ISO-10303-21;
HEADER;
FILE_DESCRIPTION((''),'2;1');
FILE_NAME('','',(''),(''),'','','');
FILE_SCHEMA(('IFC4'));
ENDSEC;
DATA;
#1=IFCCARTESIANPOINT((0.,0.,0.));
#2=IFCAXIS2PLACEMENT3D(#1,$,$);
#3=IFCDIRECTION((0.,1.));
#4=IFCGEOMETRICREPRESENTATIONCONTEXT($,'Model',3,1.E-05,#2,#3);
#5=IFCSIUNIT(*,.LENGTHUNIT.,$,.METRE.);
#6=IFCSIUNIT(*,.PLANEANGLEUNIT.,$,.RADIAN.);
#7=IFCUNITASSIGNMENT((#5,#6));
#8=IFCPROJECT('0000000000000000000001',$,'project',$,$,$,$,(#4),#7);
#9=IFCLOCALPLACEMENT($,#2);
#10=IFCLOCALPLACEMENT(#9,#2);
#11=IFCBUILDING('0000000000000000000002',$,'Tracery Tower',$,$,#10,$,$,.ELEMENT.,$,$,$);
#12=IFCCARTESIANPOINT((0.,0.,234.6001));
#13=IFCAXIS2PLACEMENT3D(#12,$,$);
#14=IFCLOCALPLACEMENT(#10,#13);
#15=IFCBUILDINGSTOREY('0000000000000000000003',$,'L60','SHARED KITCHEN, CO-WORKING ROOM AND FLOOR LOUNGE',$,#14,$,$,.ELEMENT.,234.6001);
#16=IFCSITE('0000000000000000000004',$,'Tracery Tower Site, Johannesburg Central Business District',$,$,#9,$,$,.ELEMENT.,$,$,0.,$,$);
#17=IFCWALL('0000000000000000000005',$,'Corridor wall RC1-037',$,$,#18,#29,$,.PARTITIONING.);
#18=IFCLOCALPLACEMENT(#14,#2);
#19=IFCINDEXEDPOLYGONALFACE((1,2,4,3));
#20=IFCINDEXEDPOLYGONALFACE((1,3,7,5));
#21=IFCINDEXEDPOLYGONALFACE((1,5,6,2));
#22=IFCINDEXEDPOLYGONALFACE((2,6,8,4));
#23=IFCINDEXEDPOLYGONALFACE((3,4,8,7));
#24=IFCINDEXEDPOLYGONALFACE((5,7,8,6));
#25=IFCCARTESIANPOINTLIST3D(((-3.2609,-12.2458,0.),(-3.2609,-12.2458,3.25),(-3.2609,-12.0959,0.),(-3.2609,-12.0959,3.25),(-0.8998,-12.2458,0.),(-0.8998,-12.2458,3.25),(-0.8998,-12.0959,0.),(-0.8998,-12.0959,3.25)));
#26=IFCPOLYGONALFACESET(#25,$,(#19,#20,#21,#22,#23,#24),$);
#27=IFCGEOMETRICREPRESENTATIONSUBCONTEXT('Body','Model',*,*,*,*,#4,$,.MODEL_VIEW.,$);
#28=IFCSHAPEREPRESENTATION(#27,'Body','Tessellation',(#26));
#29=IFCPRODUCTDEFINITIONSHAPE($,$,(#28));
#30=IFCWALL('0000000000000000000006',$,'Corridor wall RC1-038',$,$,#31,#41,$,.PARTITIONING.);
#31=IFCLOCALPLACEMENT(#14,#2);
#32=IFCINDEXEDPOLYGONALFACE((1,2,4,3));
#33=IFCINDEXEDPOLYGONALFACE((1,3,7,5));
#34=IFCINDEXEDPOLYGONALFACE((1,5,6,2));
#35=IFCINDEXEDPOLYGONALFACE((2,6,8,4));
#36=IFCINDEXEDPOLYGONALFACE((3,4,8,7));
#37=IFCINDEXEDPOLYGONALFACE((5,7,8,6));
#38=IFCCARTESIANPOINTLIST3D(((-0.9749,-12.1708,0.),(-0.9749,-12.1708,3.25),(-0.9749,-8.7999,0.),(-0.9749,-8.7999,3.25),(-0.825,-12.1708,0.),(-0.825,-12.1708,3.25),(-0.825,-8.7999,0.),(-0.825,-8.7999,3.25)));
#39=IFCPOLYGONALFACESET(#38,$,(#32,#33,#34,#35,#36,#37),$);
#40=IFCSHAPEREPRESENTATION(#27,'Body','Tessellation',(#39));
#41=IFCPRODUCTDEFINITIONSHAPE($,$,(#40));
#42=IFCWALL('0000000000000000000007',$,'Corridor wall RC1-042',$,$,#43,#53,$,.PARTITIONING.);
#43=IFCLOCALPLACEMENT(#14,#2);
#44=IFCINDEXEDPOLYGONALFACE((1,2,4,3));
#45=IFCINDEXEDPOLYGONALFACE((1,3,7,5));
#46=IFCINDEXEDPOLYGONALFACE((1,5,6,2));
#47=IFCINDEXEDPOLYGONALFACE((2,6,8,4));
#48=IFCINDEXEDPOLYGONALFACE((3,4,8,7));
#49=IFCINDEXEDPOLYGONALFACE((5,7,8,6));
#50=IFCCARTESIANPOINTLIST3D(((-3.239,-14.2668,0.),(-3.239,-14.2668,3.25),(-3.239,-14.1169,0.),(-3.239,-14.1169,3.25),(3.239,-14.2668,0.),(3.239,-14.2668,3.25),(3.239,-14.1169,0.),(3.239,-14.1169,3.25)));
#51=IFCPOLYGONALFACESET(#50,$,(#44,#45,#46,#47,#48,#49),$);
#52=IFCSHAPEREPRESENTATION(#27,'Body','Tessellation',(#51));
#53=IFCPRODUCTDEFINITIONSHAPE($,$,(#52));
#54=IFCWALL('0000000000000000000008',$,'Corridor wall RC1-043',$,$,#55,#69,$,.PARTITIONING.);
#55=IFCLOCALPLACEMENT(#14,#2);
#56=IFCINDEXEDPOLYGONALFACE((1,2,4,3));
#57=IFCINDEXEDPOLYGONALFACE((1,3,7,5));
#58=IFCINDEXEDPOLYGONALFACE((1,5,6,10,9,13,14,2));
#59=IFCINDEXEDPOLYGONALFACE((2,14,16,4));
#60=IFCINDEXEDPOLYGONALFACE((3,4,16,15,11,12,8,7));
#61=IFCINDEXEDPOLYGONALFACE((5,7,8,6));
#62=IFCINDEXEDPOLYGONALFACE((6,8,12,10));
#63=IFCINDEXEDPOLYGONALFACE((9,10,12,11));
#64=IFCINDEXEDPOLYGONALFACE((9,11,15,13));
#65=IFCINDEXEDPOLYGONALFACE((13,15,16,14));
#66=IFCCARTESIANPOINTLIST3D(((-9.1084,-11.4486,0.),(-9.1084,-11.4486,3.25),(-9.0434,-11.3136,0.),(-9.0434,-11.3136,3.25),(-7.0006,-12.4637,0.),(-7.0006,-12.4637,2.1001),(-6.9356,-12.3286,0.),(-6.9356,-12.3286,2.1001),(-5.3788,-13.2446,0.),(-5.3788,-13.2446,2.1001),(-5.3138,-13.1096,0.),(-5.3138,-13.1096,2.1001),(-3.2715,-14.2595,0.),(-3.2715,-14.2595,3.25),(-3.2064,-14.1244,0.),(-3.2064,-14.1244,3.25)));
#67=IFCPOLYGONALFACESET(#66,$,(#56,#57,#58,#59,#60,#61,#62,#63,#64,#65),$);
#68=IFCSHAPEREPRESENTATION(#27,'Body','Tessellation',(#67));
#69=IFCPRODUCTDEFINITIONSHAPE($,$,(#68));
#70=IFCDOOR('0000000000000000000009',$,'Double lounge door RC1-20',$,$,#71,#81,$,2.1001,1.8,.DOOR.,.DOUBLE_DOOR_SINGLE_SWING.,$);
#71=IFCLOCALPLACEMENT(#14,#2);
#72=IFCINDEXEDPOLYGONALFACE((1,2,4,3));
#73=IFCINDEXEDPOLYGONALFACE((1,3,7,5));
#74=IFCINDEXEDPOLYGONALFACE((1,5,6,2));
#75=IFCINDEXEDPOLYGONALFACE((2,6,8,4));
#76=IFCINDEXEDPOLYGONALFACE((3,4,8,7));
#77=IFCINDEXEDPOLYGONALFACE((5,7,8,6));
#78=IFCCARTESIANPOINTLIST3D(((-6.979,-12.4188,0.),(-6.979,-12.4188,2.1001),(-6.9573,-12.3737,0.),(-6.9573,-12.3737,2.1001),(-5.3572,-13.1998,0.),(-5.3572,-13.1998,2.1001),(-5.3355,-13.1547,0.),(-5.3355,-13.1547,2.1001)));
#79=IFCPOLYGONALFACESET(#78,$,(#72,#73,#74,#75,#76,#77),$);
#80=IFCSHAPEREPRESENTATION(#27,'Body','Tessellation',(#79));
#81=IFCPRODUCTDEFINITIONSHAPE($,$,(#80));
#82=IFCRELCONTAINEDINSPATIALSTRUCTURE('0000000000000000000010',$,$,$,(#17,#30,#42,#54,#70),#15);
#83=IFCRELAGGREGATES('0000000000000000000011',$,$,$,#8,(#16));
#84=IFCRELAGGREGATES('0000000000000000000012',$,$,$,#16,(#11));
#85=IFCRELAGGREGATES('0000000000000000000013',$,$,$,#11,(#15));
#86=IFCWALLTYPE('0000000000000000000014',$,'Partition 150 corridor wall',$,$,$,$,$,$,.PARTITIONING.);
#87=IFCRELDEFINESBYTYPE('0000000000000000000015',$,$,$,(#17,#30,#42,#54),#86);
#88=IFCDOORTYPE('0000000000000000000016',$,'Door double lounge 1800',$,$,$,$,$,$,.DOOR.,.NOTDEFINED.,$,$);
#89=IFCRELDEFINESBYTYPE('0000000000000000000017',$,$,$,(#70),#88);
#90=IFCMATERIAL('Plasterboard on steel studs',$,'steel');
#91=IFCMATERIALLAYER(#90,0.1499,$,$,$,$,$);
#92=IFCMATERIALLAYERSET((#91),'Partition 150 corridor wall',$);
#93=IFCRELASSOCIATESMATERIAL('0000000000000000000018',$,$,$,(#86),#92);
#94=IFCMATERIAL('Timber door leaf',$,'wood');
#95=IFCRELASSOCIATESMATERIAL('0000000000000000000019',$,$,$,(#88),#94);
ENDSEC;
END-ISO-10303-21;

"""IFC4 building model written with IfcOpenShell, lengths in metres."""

from ifc_helpers import new_model, si_unit, direction, frame, frame_2d, origin, place, context, subcontext, project, spatial, rectangle, extrude, material, layer, layer_set, type_object, element, fill, save


model = new_model("IFC4")

# Units and contexts
model_context = context("Model", 3, precision=1e-05, world=origin(), true_north=direction((0.0, 1.0)))
body_context = subcontext(model_context, "Body", "Model", "MODEL_VIEW")
ifc_project = project(units=[si_unit("LENGTHUNIT", "METRE"), si_unit("PLANEANGLEUNIT", "RADIAN")], contexts=[model_context])

# Site, building, storey
site_placement = place(None, origin())
site = spatial("IfcSite", under=ifc_project, at=site_placement, Name="Tracery Tower Site, Johannesburg Central Business District", CompositionType="ELEMENT", RefElevation=0.0)
building_placement = place(site_placement, origin())
building = spatial("IfcBuilding", under=site, at=building_placement, Name="Tracery Tower", CompositionType="ELEMENT")
storey_placement = place(building_placement, frame((0.0, 0.0, 234.6001)))
storey = spatial("IfcBuildingStorey", under=building, at=storey_placement, Name="L60", Description="SHARED KITCHEN, CO-WORKING ROOM AND FLOOR LOUNGE", CompositionType="ELEMENT", Elevation=234.6001)

# Shared definitions
ifc_material_1 = material(Name="Plasterboard on steel studs", Category="steel")
ifc_layer_1 = layer(ifc_material_1, 0.1499)
ifc_layer_set_1 = layer_set([ifc_layer_1], Name="Partition 150 corridor wall")
wall_type_1 = type_object("IfcWallType", Name="Partition 150 corridor wall", PredefinedType="PARTITIONING", material=ifc_layer_set_1)

# Walls
wall_1_placement = place(storey_placement, frame((-3.261, -12.1709, 0.0), z_axis=(0.0, 0.0, 1.0), x_axis=(1.0, 0.0, 0.0)))
element("IfcWall", 1, at=wall_1_placement, inside=storey, type_object=wall_type_1, Name="Corridor wall RC1-037", PredefinedType="PARTITIONING", context=body_context, shape_type="SweptSolid", body=[
    extrude(rectangle(XDim=2.3611, YDim=0.1499, at=frame_2d((1.1807, 0.0))), origin(), (0.0, 0.0, 1.0), 3.25),
])
wall_2_placement = place(storey_placement, frame((-0.8999, -12.1709, 0.0), z_axis=(0.0, 0.0, 1.0), x_axis=(0.0, 1.0, 0.0)))
element("IfcWall", 2, at=wall_2_placement, inside=storey, type_object=wall_type_1, Name="Corridor wall RC1-038", PredefinedType="PARTITIONING", context=body_context, shape_type="SweptSolid", body=[
    extrude(rectangle(XDim=3.3708, YDim=0.1499, at=frame_2d((1.6855, 0.0))), origin(), (0.0, 0.0, 1.0), 3.25),
])
wall_3_placement = place(storey_placement, frame((-3.239, -14.1919, 0.0), z_axis=(0.0, 0.0, 1.0), x_axis=(1.0, 0.0, 0.0)))
element("IfcWall", 3, at=wall_3_placement, inside=storey, type_object=wall_type_1, Name="Corridor wall RC1-042", PredefinedType="PARTITIONING", context=body_context, shape_type="SweptSolid", body=[
    extrude(rectangle(XDim=6.478, YDim=0.1499, at=frame_2d((3.239, 0.0))), origin(), (0.0, 0.0, 1.0), 3.25),
])

# Wall, opening, door
wall_4_placement = place(storey_placement, frame((-9.0759, -11.3811, 0.0), z_axis=(0.0, 0.0, 1.0), x_axis=(0.900976, -0.433869, 0.0)))
wall_4 = element("IfcWall", 4, at=wall_4_placement, inside=storey, type_object=wall_type_1, Name="Corridor wall RC1-043", PredefinedType="PARTITIONING", context=body_context, shape_type="SweptSolid", body=[
    extrude(rectangle(XDim=6.4785, YDim=0.1499, at=frame_2d((3.2393, 0.0))), origin(), (0.0, 0.0, 1.0), 3.25),
])
opening_1_placement = place(wall_4_placement, frame((2.3396, 0.0, 0.0)))
opening_1 = element("IfcOpeningElement", 5, at=opening_1_placement, cuts=wall_4, PredefinedType="OPENING", context=body_context, shape_type="SweptSolid", body=[
    extrude(rectangle(XDim=1.8, YDim=2.1001, at=frame_2d((0.8999, 1.05))), frame((0.0, 0.075, 0.0), z_axis=(0.0, -1.0, 0.0), x_axis=(1.0, 0.0, 0.0)), (0.0, 0.0, 1.0), 0.1499),
])
ifc_material_2 = material(Name="Timber door leaf", Category="wood")
door_type_1 = type_object("IfcDoorType", Name="Door double lounge 1800", OperationType="NOTDEFINED", PredefinedType="DOOR", material=ifc_material_2)
door_1_placement = place(opening_1_placement, origin())
door_1 = element("IfcDoor", 6, at=door_1_placement, inside=storey, type_object=door_type_1, Name="Double lounge door RC1-20", OperationType="DOUBLE_DOOR_SINGLE_SWING", OverallHeight=2.1001, OverallWidth=1.8, PredefinedType="DOOR", context=body_context, shape_type="SweptSolid", body=[
    extrude(rectangle(XDim=1.8, YDim=2.1001, at=frame_2d((0.8999, 1.05))), frame((0.0, 0.0249, 0.0), z_axis=(0.0, -1.0, 0.0), x_axis=(1.0, 0.0, 0.0)), (0.0, 0.0, 1.0), 0.05),
])
fill(opening_1, door_1)

save(model, "model.ifc")
